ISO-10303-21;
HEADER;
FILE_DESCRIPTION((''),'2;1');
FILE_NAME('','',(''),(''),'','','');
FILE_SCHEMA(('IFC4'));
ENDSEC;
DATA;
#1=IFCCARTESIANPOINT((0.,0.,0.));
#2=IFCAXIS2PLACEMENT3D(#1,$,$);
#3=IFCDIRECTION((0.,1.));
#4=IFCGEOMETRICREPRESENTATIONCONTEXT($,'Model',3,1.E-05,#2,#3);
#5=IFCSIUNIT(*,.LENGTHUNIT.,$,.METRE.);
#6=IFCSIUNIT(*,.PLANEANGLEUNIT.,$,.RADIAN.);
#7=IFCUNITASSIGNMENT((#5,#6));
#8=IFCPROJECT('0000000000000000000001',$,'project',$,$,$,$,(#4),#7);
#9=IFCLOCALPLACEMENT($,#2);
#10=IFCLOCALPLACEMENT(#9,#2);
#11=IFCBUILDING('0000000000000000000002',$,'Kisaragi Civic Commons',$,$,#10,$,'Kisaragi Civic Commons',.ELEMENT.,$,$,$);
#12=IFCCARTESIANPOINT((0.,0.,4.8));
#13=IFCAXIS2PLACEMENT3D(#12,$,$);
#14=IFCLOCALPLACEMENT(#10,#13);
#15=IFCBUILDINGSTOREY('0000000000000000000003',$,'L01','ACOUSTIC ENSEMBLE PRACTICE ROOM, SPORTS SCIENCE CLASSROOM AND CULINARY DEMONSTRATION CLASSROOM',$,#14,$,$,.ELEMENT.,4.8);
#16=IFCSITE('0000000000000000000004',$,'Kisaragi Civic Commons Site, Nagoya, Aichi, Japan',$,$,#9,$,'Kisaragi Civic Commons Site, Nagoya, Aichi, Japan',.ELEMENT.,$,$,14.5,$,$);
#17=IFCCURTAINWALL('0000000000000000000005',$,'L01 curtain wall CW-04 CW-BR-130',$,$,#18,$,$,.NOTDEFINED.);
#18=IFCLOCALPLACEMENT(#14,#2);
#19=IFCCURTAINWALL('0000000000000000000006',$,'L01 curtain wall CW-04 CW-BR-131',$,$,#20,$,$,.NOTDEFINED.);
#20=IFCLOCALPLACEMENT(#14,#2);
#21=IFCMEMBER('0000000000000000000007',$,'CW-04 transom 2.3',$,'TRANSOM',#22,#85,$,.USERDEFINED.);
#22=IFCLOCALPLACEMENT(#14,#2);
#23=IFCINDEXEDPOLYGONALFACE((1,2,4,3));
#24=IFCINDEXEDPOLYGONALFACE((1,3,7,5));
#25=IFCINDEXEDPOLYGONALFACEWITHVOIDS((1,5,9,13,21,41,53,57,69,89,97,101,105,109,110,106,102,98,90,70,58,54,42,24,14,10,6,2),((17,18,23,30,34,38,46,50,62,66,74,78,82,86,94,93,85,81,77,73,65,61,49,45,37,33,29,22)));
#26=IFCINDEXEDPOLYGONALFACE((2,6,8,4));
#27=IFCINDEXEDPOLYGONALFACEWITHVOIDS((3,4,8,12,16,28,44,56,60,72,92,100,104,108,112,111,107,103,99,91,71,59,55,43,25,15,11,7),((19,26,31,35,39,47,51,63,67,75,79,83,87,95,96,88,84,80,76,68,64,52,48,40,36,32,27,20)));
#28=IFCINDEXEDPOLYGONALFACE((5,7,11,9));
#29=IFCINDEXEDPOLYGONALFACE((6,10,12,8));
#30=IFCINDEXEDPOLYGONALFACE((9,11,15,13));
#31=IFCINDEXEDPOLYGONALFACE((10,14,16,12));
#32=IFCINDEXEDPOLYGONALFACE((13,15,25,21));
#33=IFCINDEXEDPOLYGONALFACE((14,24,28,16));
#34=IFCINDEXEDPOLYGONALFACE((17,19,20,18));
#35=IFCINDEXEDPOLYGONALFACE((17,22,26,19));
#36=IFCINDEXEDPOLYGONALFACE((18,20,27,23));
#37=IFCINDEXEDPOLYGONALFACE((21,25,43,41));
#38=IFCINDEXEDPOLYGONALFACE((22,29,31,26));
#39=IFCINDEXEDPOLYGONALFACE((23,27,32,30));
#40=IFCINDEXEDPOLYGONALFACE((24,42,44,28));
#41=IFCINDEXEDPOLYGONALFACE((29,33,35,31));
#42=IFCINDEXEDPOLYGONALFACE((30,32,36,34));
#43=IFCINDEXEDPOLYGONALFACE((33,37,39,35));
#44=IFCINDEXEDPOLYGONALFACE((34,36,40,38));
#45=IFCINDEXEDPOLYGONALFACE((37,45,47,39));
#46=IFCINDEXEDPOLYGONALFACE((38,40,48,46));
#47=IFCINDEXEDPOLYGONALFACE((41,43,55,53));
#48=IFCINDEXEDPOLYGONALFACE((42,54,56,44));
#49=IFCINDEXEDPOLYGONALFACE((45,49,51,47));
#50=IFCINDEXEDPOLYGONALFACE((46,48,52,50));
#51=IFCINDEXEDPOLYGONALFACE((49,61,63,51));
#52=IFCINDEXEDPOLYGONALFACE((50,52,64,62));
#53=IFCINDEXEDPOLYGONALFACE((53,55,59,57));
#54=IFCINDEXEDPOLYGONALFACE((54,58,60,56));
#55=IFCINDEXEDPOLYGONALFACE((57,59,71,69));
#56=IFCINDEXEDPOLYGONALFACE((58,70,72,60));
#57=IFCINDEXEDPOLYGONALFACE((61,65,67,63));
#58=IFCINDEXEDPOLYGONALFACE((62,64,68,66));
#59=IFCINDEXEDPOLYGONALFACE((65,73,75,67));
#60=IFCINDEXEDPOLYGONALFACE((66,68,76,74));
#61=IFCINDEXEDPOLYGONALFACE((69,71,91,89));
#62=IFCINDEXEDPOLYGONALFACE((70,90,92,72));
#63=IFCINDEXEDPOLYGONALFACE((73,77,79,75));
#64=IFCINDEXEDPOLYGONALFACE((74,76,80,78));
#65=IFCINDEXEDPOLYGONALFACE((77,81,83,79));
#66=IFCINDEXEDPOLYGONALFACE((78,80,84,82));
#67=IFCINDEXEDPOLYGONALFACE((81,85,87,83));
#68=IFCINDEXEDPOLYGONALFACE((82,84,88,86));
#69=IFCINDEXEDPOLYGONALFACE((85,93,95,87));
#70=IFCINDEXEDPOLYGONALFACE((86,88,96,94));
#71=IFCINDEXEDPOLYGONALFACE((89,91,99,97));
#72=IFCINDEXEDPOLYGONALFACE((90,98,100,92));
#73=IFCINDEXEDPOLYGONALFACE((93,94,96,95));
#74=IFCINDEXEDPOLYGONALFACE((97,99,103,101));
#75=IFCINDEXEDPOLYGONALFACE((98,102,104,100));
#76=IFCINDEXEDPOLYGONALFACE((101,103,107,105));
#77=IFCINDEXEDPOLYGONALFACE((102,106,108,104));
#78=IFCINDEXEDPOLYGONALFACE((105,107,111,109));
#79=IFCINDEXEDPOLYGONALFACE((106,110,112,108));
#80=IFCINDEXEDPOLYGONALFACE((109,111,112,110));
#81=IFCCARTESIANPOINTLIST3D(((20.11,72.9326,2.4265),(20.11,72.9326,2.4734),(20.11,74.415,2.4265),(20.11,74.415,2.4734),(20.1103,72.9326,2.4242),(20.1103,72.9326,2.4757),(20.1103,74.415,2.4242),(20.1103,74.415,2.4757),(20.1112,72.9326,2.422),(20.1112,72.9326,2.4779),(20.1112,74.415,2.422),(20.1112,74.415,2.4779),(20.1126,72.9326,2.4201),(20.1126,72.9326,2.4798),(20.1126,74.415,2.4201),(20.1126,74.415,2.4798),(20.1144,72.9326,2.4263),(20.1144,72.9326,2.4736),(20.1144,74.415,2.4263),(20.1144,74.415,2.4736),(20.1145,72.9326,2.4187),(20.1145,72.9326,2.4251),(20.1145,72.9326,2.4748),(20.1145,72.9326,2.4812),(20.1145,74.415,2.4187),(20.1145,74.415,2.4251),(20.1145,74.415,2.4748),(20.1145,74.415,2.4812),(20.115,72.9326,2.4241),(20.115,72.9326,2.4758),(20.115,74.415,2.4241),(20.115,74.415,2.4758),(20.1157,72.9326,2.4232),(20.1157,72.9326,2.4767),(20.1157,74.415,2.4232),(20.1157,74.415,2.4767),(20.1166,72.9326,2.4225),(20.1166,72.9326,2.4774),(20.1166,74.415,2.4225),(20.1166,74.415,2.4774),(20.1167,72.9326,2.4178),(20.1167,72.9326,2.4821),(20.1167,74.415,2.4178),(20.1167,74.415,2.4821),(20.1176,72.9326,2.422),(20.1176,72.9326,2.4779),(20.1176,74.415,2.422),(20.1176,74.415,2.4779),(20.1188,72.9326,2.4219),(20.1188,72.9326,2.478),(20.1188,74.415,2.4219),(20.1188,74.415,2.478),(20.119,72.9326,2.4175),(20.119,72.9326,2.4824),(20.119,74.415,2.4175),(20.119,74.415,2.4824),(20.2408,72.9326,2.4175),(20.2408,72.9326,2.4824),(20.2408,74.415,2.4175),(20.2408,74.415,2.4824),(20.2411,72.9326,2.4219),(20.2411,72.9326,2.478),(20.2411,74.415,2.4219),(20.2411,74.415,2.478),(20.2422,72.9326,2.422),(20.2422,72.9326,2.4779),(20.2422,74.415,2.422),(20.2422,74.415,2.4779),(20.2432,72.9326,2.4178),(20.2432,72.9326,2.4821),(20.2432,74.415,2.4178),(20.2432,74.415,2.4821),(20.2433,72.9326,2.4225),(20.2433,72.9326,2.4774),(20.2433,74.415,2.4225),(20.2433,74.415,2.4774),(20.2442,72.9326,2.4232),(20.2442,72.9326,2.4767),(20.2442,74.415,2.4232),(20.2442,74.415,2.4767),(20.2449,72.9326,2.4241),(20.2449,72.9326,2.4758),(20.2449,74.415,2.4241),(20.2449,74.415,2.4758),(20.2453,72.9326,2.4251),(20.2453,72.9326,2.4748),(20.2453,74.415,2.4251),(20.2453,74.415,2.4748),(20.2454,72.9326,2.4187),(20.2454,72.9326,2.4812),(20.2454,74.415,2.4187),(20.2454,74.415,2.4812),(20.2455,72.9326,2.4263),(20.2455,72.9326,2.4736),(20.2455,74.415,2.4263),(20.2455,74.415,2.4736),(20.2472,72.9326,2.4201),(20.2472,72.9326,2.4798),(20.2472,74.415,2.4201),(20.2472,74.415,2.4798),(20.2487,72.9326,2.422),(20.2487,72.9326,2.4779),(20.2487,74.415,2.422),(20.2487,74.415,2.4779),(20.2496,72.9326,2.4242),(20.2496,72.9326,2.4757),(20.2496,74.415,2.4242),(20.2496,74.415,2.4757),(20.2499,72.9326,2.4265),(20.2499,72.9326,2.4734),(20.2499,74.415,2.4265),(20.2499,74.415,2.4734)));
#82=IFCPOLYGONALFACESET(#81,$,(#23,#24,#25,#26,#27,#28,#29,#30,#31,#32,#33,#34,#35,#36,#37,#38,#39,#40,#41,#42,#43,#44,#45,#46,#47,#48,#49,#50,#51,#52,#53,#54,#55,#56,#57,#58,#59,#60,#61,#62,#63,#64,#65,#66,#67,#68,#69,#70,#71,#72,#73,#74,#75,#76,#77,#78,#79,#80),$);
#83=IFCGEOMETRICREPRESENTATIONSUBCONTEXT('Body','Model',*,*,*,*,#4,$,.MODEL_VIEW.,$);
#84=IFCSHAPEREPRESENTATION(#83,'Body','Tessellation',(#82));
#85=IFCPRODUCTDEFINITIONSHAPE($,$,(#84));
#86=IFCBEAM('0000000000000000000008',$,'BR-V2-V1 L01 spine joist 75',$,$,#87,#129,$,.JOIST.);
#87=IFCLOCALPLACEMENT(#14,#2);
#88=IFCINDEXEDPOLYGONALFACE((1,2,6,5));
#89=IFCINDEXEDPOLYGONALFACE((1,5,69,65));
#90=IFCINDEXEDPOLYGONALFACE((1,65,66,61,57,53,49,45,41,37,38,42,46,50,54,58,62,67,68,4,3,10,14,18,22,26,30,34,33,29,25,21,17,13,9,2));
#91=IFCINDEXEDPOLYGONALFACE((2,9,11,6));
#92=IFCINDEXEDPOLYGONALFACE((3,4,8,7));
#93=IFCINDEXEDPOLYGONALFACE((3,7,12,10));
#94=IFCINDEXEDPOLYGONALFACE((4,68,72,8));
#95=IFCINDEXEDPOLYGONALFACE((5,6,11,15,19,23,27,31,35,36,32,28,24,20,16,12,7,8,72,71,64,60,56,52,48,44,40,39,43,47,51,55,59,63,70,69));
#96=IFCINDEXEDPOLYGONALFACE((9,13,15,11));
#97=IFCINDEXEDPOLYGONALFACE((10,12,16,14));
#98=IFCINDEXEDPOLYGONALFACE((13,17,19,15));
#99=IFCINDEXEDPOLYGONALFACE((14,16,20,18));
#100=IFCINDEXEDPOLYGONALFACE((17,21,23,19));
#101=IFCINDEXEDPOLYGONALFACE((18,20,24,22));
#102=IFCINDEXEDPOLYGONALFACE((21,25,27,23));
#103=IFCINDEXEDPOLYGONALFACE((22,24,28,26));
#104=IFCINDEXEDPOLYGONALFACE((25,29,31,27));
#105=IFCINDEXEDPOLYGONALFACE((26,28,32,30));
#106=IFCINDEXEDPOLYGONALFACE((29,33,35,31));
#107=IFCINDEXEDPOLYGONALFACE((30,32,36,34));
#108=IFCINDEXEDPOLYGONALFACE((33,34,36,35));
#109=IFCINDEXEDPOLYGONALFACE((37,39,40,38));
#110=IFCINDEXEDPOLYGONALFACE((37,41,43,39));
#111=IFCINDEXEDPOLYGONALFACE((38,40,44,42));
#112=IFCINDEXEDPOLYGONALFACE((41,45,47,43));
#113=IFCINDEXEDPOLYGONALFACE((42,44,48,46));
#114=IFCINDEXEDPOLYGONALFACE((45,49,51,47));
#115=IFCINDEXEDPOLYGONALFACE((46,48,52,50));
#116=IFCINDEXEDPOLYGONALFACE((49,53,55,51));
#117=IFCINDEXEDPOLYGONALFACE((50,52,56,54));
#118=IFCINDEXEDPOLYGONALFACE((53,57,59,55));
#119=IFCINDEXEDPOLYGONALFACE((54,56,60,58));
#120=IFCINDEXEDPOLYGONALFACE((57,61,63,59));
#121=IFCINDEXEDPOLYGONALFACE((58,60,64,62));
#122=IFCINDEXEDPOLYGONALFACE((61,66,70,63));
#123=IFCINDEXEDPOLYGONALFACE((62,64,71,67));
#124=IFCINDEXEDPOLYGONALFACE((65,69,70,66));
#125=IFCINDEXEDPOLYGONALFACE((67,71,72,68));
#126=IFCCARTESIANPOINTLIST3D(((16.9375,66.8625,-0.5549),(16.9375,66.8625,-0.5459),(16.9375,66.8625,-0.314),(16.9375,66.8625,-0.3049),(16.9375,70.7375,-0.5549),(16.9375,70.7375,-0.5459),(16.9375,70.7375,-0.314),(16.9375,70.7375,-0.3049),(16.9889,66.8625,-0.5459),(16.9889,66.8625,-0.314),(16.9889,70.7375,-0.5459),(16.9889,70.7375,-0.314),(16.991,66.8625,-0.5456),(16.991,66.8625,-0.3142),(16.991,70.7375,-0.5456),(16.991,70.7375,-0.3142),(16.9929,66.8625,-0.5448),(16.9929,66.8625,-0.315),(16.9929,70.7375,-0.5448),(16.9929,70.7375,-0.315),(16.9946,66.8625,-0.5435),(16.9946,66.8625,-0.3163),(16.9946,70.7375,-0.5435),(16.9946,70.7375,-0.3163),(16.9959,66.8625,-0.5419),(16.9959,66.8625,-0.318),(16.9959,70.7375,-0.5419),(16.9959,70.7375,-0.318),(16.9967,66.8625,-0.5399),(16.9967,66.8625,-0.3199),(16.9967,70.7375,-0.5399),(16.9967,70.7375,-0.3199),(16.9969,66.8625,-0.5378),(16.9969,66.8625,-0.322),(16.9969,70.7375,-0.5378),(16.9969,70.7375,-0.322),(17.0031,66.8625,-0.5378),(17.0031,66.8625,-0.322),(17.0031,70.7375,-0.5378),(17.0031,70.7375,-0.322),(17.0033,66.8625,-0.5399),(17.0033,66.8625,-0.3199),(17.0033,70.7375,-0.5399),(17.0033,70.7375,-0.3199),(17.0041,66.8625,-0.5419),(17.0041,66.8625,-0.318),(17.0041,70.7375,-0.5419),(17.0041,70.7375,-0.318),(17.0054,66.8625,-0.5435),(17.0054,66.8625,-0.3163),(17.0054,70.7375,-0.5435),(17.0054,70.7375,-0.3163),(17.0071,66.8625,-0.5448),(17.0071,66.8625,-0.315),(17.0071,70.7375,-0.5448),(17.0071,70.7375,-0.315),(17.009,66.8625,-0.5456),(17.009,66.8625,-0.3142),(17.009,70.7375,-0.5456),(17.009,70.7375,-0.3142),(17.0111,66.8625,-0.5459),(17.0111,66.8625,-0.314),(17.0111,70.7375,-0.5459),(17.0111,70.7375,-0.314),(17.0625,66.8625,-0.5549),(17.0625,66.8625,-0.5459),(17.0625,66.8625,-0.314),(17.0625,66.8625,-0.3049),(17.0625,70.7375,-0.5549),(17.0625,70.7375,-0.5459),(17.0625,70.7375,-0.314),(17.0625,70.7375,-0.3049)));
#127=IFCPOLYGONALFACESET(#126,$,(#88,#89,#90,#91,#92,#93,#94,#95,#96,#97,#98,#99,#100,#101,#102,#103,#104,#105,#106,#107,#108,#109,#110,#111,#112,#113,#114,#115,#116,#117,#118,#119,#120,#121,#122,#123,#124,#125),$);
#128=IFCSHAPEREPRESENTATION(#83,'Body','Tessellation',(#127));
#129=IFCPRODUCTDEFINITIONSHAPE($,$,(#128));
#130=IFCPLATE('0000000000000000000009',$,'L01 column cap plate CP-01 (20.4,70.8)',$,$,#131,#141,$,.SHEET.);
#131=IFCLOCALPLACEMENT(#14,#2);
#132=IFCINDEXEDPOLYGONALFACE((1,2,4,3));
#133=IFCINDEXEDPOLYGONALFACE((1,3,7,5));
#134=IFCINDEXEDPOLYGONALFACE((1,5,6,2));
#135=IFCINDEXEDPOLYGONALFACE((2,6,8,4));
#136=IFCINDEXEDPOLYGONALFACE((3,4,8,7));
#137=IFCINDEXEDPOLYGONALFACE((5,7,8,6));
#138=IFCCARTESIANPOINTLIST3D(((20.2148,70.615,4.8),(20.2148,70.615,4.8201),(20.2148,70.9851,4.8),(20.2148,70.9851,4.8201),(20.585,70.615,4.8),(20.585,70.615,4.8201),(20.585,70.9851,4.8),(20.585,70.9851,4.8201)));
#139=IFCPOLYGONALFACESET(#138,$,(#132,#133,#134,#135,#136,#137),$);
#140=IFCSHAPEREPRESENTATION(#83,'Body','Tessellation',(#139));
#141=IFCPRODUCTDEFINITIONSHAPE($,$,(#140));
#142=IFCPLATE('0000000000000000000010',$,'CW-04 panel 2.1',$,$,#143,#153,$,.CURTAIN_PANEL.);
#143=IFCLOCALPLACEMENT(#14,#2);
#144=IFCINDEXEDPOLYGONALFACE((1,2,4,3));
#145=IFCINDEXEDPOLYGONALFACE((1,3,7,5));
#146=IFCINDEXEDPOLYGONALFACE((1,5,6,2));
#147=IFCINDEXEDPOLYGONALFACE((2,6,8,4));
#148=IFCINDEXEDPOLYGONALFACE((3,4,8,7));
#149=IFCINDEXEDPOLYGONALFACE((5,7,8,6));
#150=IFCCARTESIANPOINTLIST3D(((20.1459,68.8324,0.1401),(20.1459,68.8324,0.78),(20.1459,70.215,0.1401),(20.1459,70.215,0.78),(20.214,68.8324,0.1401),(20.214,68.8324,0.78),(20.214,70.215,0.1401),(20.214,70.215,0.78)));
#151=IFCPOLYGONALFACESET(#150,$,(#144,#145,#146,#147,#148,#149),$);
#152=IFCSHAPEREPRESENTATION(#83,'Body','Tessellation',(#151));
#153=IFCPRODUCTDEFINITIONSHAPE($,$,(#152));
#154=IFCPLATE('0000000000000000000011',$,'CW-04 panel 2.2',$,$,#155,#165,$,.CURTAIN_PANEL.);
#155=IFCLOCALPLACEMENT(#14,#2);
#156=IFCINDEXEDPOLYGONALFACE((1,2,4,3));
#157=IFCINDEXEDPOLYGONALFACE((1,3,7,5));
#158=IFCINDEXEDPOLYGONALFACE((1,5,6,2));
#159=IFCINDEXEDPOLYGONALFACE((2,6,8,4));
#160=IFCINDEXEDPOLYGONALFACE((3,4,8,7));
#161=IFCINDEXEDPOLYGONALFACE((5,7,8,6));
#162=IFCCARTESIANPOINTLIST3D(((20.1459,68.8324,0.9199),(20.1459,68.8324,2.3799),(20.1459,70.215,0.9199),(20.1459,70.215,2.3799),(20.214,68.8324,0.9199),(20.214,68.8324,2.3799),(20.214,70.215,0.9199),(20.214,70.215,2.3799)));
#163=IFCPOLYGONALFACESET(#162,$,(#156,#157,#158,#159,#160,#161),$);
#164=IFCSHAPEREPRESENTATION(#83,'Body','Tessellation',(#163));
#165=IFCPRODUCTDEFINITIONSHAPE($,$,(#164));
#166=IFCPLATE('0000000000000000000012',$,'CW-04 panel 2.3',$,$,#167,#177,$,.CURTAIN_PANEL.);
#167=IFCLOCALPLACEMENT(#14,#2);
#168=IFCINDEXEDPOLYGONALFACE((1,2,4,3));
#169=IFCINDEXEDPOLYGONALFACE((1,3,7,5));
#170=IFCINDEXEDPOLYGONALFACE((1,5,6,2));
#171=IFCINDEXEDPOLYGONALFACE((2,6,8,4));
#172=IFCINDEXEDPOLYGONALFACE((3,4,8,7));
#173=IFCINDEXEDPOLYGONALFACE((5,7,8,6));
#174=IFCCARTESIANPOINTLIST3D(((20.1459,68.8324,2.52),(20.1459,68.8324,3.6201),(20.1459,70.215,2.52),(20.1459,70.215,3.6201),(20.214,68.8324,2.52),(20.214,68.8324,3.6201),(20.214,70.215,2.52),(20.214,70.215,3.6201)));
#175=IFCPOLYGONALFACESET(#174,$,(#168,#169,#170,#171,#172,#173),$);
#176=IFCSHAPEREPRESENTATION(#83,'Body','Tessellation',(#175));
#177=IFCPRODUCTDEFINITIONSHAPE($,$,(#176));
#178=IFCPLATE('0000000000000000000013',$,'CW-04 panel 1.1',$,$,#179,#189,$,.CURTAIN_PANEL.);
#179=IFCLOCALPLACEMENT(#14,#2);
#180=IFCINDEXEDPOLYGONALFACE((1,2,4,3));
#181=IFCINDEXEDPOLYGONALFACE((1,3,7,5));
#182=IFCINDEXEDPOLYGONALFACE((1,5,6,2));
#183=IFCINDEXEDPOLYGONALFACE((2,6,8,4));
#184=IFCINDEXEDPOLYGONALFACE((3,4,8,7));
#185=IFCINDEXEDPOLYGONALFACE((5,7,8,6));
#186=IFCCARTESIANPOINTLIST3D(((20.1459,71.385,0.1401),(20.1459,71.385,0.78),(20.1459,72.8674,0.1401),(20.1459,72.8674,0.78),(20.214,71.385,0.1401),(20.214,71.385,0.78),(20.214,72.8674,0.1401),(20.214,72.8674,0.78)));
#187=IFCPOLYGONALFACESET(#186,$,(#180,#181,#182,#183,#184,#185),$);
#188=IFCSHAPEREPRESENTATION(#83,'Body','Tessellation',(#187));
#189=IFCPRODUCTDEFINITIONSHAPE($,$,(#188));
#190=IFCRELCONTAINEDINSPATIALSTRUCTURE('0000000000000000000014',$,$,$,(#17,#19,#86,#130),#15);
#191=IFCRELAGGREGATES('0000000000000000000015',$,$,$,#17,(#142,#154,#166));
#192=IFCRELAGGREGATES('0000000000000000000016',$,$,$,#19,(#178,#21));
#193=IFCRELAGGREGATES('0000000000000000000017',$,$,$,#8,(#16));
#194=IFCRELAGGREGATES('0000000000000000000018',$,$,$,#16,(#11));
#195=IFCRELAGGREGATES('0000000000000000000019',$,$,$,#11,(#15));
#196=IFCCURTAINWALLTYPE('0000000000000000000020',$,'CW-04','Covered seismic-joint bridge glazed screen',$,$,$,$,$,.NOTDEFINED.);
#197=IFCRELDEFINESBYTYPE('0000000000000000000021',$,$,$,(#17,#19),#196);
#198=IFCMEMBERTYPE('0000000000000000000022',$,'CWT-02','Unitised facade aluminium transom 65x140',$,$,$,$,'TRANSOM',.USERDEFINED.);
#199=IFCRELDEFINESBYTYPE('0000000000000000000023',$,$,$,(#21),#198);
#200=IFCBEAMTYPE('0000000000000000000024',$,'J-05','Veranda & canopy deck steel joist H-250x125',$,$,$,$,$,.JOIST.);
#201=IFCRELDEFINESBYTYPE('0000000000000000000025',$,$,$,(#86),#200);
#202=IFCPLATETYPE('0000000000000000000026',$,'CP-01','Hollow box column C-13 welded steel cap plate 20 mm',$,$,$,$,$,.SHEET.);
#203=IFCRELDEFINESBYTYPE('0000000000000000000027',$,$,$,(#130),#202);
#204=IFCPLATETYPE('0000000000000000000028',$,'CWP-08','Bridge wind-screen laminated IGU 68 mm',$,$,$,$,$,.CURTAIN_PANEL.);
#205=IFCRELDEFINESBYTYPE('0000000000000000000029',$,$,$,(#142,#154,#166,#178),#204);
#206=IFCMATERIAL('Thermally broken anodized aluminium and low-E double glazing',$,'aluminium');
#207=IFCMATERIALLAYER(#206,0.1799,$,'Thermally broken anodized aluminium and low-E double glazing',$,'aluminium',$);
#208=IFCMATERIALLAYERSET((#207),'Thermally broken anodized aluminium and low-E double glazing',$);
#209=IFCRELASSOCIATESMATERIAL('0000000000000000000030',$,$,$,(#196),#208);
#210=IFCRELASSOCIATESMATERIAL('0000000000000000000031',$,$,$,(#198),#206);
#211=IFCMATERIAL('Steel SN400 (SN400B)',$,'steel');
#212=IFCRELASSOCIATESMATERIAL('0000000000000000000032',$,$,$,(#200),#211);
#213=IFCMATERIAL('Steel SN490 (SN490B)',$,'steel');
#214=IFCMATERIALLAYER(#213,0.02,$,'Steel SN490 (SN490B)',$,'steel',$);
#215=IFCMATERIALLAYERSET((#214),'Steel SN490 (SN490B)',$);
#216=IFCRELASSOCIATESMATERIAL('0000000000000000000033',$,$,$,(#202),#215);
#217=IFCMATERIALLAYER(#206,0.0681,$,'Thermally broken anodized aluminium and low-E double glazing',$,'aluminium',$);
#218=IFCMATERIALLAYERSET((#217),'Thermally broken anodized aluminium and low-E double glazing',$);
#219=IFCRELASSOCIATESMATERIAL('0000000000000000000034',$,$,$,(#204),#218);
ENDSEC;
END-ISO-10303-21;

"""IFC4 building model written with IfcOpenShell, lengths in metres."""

from ifc_helpers import new_model, si_unit, direction, frame, origin, origin_2d, place, context, subcontext, project, spatial, rectangle, hollow_rectangle, i_section, extrude, material, layer, layer_set, material_profile, profile_set, type_object, element, aggregate, save


model = new_model("IFC4")

# Units and contexts
model_context = context("Model", 3, precision=1e-05, world=origin(), true_north=direction((0.0, 1.0)))
body_context = subcontext(model_context, "Body", "Model", "MODEL_VIEW")
ifc_project = project(units=[si_unit("LENGTHUNIT", "METRE"), si_unit("PLANEANGLEUNIT", "RADIAN")], contexts=[model_context])

# Site, building, storey
site_placement = place(None, origin())
site = spatial("IfcSite", under=ifc_project, at=site_placement, Name="Kisaragi Civic Commons Site, Nagoya, Aichi, Japan", LongName="Kisaragi Civic Commons Site, Nagoya, Aichi, Japan", CompositionType="ELEMENT", RefElevation=14.5)
building_placement = place(site_placement, origin())
building = spatial("IfcBuilding", under=site, at=building_placement, Name="Kisaragi Civic Commons", LongName="Kisaragi Civic Commons", CompositionType="ELEMENT")
storey_placement = place(building_placement, frame((0.0, 0.0, 4.8)))
storey = spatial("IfcBuildingStorey", under=building, at=storey_placement, Name="L01", Description="ACOUSTIC ENSEMBLE PRACTICE ROOM, SPORTS SCIENCE CLASSROOM AND CULINARY DEMONSTRATION CLASSROOM", CompositionType="ELEMENT", Elevation=4.8)

# Curtain wall
ifc_material_1 = material(Name="Thermally broken anodized aluminium and low-E double glazing", Category="aluminium")
ifc_layer_1 = layer(ifc_material_1, 0.1799, Name="Thermally broken anodized aluminium and low-E double glazing", Category="aluminium")
ifc_layer_set_1 = layer_set([ifc_layer_1], Name="Thermally broken anodized aluminium and low-E double glazing")
curtain_wall_type = type_object("IfcCurtainWallType", Name="CW-04", Description="Covered seismic-joint bridge glazed screen", PredefinedType="NOTDEFINED", material=ifc_layer_set_1)
curtain_wall_1_placement = place(storey_placement, origin())
curtain_wall_1 = element("IfcCurtainWall", 1, at=curtain_wall_1_placement, inside=storey, type_object=curtain_wall_type, Name="L01 curtain wall CW-04 CW-BR-130", PredefinedType="NOTDEFINED")

# Curtain wall
curtain_wall_2_placement = place(storey_placement, origin())
curtain_wall_2 = element("IfcCurtainWall", 2, at=curtain_wall_2_placement, inside=storey, type_object=curtain_wall_type, Name="L01 curtain wall CW-04 CW-BR-131", PredefinedType="NOTDEFINED")
ifc_material_profile_1 = material_profile(ifc_material_1, hollow_rectangle(XDim=0.1399, YDim=0.0649, WallThickness=0.0044, InnerFilletRadius=0.0044, OuterFilletRadius=0.009, at=origin_2d()), Name="CWT-65x140x4.5", Category="aluminium")
ifc_profile_set_1 = profile_set([ifc_material_profile_1], Name="Thermally broken anodized aluminium and low-E double glazing")
member_type_1 = type_object("IfcMemberType", Name="CWT-02", Description="Unitised facade aluminium transom 65x140", ElementType="TRANSOM", PredefinedType="USERDEFINED", material=ifc_profile_set_1)

# Member
member_1_placement = place(storey_placement, frame((20.1799, 72.9326, 2.45), z_axis=(0.0, 1.0, 0.0), x_axis=(-1.0, 0.0, 0.0)))
member_1 = element("IfcMember", 3, at=member_1_placement, type_object=member_type_1, Name="CW-04 transom 2.3", ObjectType="TRANSOM", PredefinedType="USERDEFINED", context=body_context, shape_type="SweptSolid", body=[
    extrude(hollow_rectangle(XDim=0.1399, YDim=0.0649, WallThickness=0.0044, InnerFilletRadius=0.0044, OuterFilletRadius=0.009, at=origin_2d()), origin(), (0.0, 0.0, 1.0), 1.4824),
])

# Beam
ifc_material_2 = material(Name="Steel SN400 (SN400B)", Category="steel")
ifc_material_profile_2 = material_profile(ifc_material_2, i_section(OverallWidth=0.125, OverallDepth=0.25, WebThickness=0.0061, FlangeThickness=0.009, FilletRadius=0.0081, at=origin_2d()), Name="H-250x125x6x9", Category="steel")
ifc_profile_set_2 = profile_set([ifc_material_profile_2], Name="Steel SN400 (SN400B)")
beam_type = type_object("IfcBeamType", Name="J-05", Description="Veranda & canopy deck steel joist H-250x125", PredefinedType="JOIST", material=ifc_profile_set_2)
beam_placement = place(storey_placement, frame((17.0, 70.7375, -0.4299), z_axis=(0.0, -1.0, 0.0), x_axis=(1.0, 0.0, 0.0)))
element("IfcBeam", 4, at=beam_placement, inside=storey, type_object=beam_type, Name="BR-V2-V1 L01 spine joist 75", PredefinedType="JOIST", context=body_context, shape_type="SweptSolid", body=[
    extrude(i_section(OverallWidth=0.125, OverallDepth=0.25, WebThickness=0.0061, FlangeThickness=0.009, FilletRadius=0.0081, at=origin_2d()), origin(), (0.0, 0.0, 1.0), 3.875),
])

# Plates
ifc_material_3 = material(Name="Steel SN490 (SN490B)", Category="steel")
ifc_layer_2 = layer(ifc_material_3, 0.02, Name="Steel SN490 (SN490B)", Category="steel")
ifc_layer_set_2 = layer_set([ifc_layer_2], Name="Steel SN490 (SN490B)")
plate_type_1 = type_object("IfcPlateType", Name="CP-01", Description="Hollow box column C-13 welded steel cap plate 20 mm", PredefinedType="SHEET", material=ifc_layer_set_2)
plate_1_placement = place(storey_placement, frame((20.3999, 70.8, 4.8), z_axis=(0.0, 0.0, 1.0), x_axis=(1.0, 0.0, 0.0)))
element("IfcPlate", 5, at=plate_1_placement, inside=storey, type_object=plate_type_1, Name="L01 column cap plate CP-01 (20.4,70.8)", PredefinedType="SHEET", context=body_context, shape_type="SweptSolid", body=[
    extrude(rectangle(XDim=0.3701, YDim=0.3701, at=origin_2d()), origin(), (0.0, 0.0, 1.0), 0.02),
])
ifc_layer_3 = layer(ifc_material_1, 0.0681, Name="Thermally broken anodized aluminium and low-E double glazing", Category="aluminium")
ifc_layer_set_3 = layer_set([ifc_layer_3], Name="Thermally broken anodized aluminium and low-E double glazing")
plate_type_2 = type_object("IfcPlateType", Name="CWP-08", Description="Bridge wind-screen laminated IGU 68 mm", PredefinedType="CURTAIN_PANEL", material=ifc_layer_set_3)
plate_2_placement = place(storey_placement, frame((20.1799, 69.5237, 0.1401), z_axis=(0.0, 0.0, 1.0), x_axis=(0.0, 1.0, 0.0)))
plate_2 = element("IfcPlate", 6, at=plate_2_placement, type_object=plate_type_2, Name="CW-04 panel 2.1", PredefinedType="CURTAIN_PANEL", context=body_context, shape_type="SweptSolid", body=[
    extrude(rectangle(XDim=1.3826, YDim=0.0681, at=origin_2d()), origin(), (0.0, 0.0, 1.0), 0.6399),
])
plate_3_placement = place(storey_placement, frame((20.1799, 69.5237, 0.9199), z_axis=(0.0, 0.0, 1.0), x_axis=(0.0, 1.0, 0.0)))
plate_3 = element("IfcPlate", 7, at=plate_3_placement, type_object=plate_type_2, Name="CW-04 panel 2.2", PredefinedType="CURTAIN_PANEL", context=body_context, shape_type="SweptSolid", body=[
    extrude(rectangle(XDim=1.3826, YDim=0.0681, at=origin_2d()), origin(), (0.0, 0.0, 1.0), 1.46),
])
plate_4_placement = place(storey_placement, frame((20.1799, 69.5237, 2.52), z_axis=(0.0, 0.0, 1.0), x_axis=(0.0, 1.0, 0.0)))
plate_4 = element("IfcPlate", 8, at=plate_4_placement, type_object=plate_type_2, Name="CW-04 panel 2.3", PredefinedType="CURTAIN_PANEL", context=body_context, shape_type="SweptSolid", body=[
    extrude(rectangle(XDim=1.3826, YDim=0.0681, at=origin_2d()), origin(), (0.0, 0.0, 1.0), 1.1001),
])
aggregate(curtain_wall_1, [plate_2, plate_3, plate_4])
plate_5_placement = place(storey_placement, frame((20.1799, 72.1262, 0.1401), z_axis=(0.0, 0.0, 1.0), x_axis=(0.0, 1.0, 0.0)))
plate_5 = element("IfcPlate", 9, at=plate_5_placement, type_object=plate_type_2, Name="CW-04 panel 1.1", PredefinedType="CURTAIN_PANEL", context=body_context, shape_type="SweptSolid", body=[
    extrude(rectangle(XDim=1.4824, YDim=0.0681, at=origin_2d()), origin(), (0.0, 0.0, 1.0), 0.6399),
])
aggregate(curtain_wall_2, [plate_5, member_1])

save(model, "model.ifc")
